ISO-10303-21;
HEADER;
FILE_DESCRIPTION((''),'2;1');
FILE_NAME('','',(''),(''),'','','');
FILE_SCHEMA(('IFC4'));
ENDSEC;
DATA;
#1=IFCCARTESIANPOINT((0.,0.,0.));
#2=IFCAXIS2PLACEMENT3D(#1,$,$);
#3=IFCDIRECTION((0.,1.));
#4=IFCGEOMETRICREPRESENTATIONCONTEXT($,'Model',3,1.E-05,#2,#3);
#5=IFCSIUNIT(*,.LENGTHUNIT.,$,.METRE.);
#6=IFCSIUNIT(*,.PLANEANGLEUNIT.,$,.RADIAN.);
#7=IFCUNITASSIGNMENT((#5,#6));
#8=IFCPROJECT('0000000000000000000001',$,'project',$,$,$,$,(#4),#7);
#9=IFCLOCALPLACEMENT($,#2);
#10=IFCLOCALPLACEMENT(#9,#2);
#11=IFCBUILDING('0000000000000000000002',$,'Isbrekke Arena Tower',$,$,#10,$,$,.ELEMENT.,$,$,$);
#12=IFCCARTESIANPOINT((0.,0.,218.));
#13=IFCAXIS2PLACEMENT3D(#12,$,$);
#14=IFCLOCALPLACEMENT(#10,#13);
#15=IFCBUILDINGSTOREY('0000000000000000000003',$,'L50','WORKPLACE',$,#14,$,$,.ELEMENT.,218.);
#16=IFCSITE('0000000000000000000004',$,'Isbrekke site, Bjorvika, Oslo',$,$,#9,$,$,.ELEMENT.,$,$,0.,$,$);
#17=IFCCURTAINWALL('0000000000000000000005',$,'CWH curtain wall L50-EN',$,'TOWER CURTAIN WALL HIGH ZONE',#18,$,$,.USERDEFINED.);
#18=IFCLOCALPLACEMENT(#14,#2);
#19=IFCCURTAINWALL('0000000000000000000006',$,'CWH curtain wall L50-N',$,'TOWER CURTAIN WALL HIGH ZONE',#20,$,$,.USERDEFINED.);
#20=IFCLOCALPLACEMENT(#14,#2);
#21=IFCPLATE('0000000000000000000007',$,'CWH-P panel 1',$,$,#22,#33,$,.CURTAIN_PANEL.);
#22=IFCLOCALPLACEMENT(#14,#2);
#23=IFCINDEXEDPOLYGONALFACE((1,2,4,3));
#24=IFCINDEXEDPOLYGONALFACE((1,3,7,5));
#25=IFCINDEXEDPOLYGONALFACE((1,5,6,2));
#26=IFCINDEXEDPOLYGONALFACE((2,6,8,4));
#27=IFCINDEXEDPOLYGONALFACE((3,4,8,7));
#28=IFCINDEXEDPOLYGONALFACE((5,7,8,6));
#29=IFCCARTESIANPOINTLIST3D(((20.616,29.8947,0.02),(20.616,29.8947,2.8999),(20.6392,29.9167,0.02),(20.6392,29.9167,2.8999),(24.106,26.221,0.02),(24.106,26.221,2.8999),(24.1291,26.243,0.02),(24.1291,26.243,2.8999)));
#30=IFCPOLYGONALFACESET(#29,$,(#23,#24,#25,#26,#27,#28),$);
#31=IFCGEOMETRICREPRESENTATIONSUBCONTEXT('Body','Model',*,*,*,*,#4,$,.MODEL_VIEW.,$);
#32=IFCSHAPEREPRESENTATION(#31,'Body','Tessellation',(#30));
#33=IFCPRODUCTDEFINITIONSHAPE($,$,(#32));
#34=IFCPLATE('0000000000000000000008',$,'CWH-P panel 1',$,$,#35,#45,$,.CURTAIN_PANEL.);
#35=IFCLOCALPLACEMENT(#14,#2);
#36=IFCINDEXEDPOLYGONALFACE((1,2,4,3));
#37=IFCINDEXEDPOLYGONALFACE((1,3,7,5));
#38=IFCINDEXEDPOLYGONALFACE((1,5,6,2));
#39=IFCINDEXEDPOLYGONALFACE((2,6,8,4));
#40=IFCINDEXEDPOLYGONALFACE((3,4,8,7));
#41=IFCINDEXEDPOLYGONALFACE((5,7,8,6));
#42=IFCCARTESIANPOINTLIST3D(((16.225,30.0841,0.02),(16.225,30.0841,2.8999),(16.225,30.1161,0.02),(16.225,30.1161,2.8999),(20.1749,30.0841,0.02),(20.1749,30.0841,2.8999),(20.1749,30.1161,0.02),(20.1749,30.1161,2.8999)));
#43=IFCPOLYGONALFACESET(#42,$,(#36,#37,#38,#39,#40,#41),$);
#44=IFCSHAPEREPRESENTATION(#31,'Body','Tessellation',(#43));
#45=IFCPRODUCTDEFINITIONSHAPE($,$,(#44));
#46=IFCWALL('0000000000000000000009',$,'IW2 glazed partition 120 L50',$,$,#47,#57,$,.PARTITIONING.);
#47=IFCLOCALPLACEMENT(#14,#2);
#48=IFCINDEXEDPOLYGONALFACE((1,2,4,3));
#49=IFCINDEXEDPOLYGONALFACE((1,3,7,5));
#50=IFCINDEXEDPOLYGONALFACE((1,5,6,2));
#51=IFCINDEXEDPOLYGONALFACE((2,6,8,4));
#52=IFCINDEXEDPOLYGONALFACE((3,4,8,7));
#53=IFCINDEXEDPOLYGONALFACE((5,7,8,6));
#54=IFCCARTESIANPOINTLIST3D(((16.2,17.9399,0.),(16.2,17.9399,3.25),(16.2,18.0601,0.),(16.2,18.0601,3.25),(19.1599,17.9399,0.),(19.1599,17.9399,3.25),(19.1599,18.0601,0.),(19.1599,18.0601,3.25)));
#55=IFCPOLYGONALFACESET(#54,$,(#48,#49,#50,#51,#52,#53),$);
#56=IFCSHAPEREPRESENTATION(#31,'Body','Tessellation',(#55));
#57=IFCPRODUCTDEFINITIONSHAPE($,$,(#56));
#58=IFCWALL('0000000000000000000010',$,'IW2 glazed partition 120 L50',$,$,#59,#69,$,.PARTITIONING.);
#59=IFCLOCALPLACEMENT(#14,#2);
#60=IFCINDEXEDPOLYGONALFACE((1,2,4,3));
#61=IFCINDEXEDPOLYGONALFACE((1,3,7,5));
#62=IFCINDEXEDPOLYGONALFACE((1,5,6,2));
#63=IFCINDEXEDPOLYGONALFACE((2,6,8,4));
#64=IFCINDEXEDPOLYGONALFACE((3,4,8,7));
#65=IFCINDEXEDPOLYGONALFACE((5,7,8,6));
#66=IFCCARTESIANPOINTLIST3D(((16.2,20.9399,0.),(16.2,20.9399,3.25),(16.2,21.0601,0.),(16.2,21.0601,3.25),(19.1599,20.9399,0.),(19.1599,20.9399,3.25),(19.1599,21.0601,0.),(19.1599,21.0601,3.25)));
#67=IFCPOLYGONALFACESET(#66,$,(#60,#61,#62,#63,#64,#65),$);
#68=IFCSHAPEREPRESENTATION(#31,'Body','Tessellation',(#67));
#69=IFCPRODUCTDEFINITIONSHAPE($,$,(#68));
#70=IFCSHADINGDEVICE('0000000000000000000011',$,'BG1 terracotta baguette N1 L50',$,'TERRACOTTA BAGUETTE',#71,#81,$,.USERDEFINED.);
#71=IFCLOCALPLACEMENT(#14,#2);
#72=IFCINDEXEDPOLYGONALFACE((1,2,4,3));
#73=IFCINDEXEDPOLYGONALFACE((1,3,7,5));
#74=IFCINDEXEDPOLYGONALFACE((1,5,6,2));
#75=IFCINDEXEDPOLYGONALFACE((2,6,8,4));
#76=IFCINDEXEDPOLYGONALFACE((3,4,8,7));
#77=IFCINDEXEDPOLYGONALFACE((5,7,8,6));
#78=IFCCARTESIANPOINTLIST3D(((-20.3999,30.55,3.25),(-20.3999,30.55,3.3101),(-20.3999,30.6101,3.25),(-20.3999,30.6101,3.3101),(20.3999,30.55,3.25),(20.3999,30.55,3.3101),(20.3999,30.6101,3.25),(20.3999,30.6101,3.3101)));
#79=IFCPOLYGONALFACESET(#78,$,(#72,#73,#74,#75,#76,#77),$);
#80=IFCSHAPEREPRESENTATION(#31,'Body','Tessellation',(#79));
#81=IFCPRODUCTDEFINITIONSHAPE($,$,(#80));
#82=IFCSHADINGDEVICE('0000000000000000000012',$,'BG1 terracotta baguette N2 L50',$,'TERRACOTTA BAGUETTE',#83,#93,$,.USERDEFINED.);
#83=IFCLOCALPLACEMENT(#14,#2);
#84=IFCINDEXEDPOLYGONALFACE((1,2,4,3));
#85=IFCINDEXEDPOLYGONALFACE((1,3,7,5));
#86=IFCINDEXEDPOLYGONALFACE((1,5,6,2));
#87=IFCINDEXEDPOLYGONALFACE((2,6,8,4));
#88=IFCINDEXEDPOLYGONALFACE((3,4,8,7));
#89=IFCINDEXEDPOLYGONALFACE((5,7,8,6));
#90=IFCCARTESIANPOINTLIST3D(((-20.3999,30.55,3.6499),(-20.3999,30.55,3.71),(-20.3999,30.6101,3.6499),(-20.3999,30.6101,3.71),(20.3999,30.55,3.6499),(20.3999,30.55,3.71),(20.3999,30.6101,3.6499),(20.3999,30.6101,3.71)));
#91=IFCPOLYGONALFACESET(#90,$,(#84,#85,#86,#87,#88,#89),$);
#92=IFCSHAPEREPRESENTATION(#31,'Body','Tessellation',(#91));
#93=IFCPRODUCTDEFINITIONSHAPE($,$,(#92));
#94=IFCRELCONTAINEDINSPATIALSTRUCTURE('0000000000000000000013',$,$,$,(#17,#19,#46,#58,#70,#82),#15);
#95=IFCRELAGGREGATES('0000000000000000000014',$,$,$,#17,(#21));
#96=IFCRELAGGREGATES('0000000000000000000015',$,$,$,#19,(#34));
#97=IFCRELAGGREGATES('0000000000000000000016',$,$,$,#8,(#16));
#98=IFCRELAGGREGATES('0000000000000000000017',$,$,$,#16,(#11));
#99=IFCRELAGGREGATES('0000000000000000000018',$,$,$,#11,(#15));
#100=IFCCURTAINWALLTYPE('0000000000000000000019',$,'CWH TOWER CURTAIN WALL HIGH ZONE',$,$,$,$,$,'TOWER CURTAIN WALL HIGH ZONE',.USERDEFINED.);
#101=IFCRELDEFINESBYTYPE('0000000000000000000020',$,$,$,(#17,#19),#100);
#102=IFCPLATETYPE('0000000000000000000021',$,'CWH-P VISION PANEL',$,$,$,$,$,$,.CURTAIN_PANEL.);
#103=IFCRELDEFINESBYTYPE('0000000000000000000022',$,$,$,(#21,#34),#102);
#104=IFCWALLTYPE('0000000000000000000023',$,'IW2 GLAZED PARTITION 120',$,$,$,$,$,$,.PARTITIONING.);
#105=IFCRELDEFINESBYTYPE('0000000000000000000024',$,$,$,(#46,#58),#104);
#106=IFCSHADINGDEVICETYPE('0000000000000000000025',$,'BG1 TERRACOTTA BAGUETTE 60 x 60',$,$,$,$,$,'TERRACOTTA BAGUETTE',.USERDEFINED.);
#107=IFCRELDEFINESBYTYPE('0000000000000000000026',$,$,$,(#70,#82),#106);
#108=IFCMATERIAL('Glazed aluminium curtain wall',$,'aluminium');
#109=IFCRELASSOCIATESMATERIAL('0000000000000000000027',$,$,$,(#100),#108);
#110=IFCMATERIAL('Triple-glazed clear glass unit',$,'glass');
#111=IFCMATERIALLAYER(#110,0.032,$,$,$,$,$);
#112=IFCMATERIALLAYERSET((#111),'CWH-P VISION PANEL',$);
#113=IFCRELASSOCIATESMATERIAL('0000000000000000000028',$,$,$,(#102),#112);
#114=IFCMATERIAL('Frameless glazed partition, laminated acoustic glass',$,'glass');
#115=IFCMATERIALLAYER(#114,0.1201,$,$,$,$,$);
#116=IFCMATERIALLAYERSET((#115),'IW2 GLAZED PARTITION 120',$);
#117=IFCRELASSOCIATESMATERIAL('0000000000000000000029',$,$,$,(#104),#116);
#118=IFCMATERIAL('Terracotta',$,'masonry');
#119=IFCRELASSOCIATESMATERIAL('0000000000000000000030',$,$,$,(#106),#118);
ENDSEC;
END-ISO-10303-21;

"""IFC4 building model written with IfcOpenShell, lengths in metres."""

from ifc_helpers import new_model, si_unit, direction, frame, frame_2d, origin, origin_2d, place, context, subcontext, project, spatial, rectangle, extrude, material, layer, layer_set, material_profile, profile_set, type_object, element, aggregate, save


model = new_model("IFC4")

# Units and contexts
model_context = context("Model", 3, precision=1e-05, world=origin(), true_north=direction((0.0, 1.0)))
body_context = subcontext(model_context, "Body", "Model", "MODEL_VIEW")
ifc_project = project(units=[si_unit("LENGTHUNIT", "METRE"), si_unit("PLANEANGLEUNIT", "RADIAN")], contexts=[model_context])

# Site, building, storey
site_placement = place(None, origin())
site = spatial("IfcSite", under=ifc_project, at=site_placement, Name="Isbrekke site, Bjorvika, Oslo", CompositionType="ELEMENT", RefElevation=0.0)
building_placement = place(site_placement, origin())
building = spatial("IfcBuilding", under=site, at=building_placement, Name="Isbrekke Arena Tower", CompositionType="ELEMENT")
storey_placement = place(building_placement, frame((0.0, 0.0, 218.0)))
storey = spatial("IfcBuildingStorey", under=building, at=storey_placement, Name="L50", Description="WORKPLACE", CompositionType="ELEMENT", Elevation=218.0)

# Shared definitions
ifc_material_1 = material(Name="Glazed aluminium curtain wall", Category="aluminium")
curtain_wall_type = type_object("IfcCurtainWallType", Name="CWH TOWER CURTAIN WALL HIGH ZONE", ElementType="TOWER CURTAIN WALL HIGH ZONE", PredefinedType="USERDEFINED", material=ifc_material_1)

# Curtain walls
curtain_wall_1_placement = place(storey_placement, origin())
curtain_wall_1 = element("IfcCurtainWall", 1, at=curtain_wall_1_placement, inside=storey, type_object=curtain_wall_type, Name="CWH curtain wall L50-EN", ObjectType="TOWER CURTAIN WALL HIGH ZONE", PredefinedType="USERDEFINED")
curtain_wall_2_placement = place(storey_placement, origin())
curtain_wall_2 = element("IfcCurtainWall", 2, at=curtain_wall_2_placement, inside=storey, type_object=curtain_wall_type, Name="CWH curtain wall L50-N", ObjectType="TOWER CURTAIN WALL HIGH ZONE", PredefinedType="USERDEFINED")

# Plates
ifc_material_2 = material(Name="Triple-glazed clear glass unit", Category="glass")
ifc_layer_1 = layer(ifc_material_2, 0.032)
ifc_layer_set_1 = layer_set([ifc_layer_1], Name="CWH-P VISION PANEL")
plate_type = type_object("IfcPlateType", Name="CWH-P VISION PANEL", PredefinedType="CURTAIN_PANEL", material=ifc_layer_set_1)
plate_1_placement = place(storey_placement, frame((22.3726, 28.0688, 0.02), z_axis=(0.0, 0.0, 1.0), x_axis=(-0.688749, 0.724999, 0.0)))
plate_1 = element("IfcPlate", 3, at=plate_1_placement, type_object=plate_type, Name="CWH-P panel 1", PredefinedType="CURTAIN_PANEL", context=body_context, shape_type="SweptSolid", body=[
    extrude(rectangle(XDim=5.0671, YDim=0.032, at=origin_2d()), origin(), (0.0, 0.0, 1.0), 2.8799),
])
aggregate(curtain_wall_1, [plate_1])
plate_2_placement = place(storey_placement, frame((18.2, 30.1001, 0.02), z_axis=(0.0, 0.0, 1.0), x_axis=(-1.0, 0.0, 0.0)))
plate_2 = element("IfcPlate", 4, at=plate_2_placement, type_object=plate_type, Name="CWH-P panel 1", PredefinedType="CURTAIN_PANEL", context=body_context, shape_type="SweptSolid", body=[
    extrude(rectangle(XDim=3.95, YDim=0.032, at=origin_2d()), origin(), (0.0, 0.0, 1.0), 2.8799),
])
aggregate(curtain_wall_2, [plate_2])

# Walls
ifc_material_3 = material(Name="Frameless glazed partition, laminated acoustic glass", Category="glass")
ifc_layer_2 = layer(ifc_material_3, 0.1201)
ifc_layer_set_2 = layer_set([ifc_layer_2], Name="IW2 GLAZED PARTITION 120")
wall_type = type_object("IfcWallType", Name="IW2 GLAZED PARTITION 120", PredefinedType="PARTITIONING", material=ifc_layer_set_2)
for number, where, z_axis, x_axis, name in (
    (5, (16.2, 18.0, 0.0), (0.0, 0.0, 1.0), (1.0, 0.0, 0.0), "IW2 glazed partition 120 L50"),
    (6, (16.2, 21.0, 0.0), (0.0, 0.0, 1.0), (1.0, 0.0, 0.0), "IW2 glazed partition 120 L50"),
):
    element("IfcWall", number, at=place(storey_placement, frame(where, z_axis=z_axis, x_axis=x_axis)), inside=storey, type_object=wall_type, Name=name, PredefinedType="PARTITIONING", context=body_context, shape_type="SweptSolid", body=[
        extrude(rectangle(XDim=2.96, YDim=0.1201, at=frame_2d((1.48, 0.0))), origin(), (0.0, 0.0, 1.0), 3.25),
    ])

# Shading devices
ifc_material_4 = material(Name="Terracotta", Category="masonry")
ifc_material_profile_1 = material_profile(ifc_material_4, rectangle(XDim=0.0601, YDim=0.0601, at=origin_2d()), Name="BAGUETTE 60X60")
ifc_profile_set_1 = profile_set([ifc_material_profile_1], Name="Terracotta")
shading_device_type = type_object("IfcShadingDeviceType", Name="BG1 TERRACOTTA BAGUETTE 60 x 60", ElementType="TERRACOTTA BAGUETTE", PredefinedType="USERDEFINED", material=ifc_profile_set_1)
for number, where, z_axis, x_axis, name in (
    (7, (20.3999, 30.5801, 3.28), (-1.0, 0.0, 0.0), (0.0, -1.0, 0.0), "BG1 terracotta baguette N1 L50"),
    (8, (20.3999, 30.5801, 3.6799), (-1.0, 0.0, 0.0), (0.0, -1.0, 0.0), "BG1 terracotta baguette N2 L50"),
):
    element("IfcShadingDevice", number, at=place(storey_placement, frame(where, z_axis=z_axis, x_axis=x_axis)), inside=storey, type_object=shading_device_type, Name=name, ObjectType="TERRACOTTA BAGUETTE", PredefinedType="USERDEFINED", context=body_context, shape_type="SweptSolid", body=[
        extrude(rectangle(XDim=0.0601, YDim=0.0601, at=origin_2d()), origin(), (0.0, 0.0, 1.0), 40.7998),
    ])

save(model, "model.ifc")
